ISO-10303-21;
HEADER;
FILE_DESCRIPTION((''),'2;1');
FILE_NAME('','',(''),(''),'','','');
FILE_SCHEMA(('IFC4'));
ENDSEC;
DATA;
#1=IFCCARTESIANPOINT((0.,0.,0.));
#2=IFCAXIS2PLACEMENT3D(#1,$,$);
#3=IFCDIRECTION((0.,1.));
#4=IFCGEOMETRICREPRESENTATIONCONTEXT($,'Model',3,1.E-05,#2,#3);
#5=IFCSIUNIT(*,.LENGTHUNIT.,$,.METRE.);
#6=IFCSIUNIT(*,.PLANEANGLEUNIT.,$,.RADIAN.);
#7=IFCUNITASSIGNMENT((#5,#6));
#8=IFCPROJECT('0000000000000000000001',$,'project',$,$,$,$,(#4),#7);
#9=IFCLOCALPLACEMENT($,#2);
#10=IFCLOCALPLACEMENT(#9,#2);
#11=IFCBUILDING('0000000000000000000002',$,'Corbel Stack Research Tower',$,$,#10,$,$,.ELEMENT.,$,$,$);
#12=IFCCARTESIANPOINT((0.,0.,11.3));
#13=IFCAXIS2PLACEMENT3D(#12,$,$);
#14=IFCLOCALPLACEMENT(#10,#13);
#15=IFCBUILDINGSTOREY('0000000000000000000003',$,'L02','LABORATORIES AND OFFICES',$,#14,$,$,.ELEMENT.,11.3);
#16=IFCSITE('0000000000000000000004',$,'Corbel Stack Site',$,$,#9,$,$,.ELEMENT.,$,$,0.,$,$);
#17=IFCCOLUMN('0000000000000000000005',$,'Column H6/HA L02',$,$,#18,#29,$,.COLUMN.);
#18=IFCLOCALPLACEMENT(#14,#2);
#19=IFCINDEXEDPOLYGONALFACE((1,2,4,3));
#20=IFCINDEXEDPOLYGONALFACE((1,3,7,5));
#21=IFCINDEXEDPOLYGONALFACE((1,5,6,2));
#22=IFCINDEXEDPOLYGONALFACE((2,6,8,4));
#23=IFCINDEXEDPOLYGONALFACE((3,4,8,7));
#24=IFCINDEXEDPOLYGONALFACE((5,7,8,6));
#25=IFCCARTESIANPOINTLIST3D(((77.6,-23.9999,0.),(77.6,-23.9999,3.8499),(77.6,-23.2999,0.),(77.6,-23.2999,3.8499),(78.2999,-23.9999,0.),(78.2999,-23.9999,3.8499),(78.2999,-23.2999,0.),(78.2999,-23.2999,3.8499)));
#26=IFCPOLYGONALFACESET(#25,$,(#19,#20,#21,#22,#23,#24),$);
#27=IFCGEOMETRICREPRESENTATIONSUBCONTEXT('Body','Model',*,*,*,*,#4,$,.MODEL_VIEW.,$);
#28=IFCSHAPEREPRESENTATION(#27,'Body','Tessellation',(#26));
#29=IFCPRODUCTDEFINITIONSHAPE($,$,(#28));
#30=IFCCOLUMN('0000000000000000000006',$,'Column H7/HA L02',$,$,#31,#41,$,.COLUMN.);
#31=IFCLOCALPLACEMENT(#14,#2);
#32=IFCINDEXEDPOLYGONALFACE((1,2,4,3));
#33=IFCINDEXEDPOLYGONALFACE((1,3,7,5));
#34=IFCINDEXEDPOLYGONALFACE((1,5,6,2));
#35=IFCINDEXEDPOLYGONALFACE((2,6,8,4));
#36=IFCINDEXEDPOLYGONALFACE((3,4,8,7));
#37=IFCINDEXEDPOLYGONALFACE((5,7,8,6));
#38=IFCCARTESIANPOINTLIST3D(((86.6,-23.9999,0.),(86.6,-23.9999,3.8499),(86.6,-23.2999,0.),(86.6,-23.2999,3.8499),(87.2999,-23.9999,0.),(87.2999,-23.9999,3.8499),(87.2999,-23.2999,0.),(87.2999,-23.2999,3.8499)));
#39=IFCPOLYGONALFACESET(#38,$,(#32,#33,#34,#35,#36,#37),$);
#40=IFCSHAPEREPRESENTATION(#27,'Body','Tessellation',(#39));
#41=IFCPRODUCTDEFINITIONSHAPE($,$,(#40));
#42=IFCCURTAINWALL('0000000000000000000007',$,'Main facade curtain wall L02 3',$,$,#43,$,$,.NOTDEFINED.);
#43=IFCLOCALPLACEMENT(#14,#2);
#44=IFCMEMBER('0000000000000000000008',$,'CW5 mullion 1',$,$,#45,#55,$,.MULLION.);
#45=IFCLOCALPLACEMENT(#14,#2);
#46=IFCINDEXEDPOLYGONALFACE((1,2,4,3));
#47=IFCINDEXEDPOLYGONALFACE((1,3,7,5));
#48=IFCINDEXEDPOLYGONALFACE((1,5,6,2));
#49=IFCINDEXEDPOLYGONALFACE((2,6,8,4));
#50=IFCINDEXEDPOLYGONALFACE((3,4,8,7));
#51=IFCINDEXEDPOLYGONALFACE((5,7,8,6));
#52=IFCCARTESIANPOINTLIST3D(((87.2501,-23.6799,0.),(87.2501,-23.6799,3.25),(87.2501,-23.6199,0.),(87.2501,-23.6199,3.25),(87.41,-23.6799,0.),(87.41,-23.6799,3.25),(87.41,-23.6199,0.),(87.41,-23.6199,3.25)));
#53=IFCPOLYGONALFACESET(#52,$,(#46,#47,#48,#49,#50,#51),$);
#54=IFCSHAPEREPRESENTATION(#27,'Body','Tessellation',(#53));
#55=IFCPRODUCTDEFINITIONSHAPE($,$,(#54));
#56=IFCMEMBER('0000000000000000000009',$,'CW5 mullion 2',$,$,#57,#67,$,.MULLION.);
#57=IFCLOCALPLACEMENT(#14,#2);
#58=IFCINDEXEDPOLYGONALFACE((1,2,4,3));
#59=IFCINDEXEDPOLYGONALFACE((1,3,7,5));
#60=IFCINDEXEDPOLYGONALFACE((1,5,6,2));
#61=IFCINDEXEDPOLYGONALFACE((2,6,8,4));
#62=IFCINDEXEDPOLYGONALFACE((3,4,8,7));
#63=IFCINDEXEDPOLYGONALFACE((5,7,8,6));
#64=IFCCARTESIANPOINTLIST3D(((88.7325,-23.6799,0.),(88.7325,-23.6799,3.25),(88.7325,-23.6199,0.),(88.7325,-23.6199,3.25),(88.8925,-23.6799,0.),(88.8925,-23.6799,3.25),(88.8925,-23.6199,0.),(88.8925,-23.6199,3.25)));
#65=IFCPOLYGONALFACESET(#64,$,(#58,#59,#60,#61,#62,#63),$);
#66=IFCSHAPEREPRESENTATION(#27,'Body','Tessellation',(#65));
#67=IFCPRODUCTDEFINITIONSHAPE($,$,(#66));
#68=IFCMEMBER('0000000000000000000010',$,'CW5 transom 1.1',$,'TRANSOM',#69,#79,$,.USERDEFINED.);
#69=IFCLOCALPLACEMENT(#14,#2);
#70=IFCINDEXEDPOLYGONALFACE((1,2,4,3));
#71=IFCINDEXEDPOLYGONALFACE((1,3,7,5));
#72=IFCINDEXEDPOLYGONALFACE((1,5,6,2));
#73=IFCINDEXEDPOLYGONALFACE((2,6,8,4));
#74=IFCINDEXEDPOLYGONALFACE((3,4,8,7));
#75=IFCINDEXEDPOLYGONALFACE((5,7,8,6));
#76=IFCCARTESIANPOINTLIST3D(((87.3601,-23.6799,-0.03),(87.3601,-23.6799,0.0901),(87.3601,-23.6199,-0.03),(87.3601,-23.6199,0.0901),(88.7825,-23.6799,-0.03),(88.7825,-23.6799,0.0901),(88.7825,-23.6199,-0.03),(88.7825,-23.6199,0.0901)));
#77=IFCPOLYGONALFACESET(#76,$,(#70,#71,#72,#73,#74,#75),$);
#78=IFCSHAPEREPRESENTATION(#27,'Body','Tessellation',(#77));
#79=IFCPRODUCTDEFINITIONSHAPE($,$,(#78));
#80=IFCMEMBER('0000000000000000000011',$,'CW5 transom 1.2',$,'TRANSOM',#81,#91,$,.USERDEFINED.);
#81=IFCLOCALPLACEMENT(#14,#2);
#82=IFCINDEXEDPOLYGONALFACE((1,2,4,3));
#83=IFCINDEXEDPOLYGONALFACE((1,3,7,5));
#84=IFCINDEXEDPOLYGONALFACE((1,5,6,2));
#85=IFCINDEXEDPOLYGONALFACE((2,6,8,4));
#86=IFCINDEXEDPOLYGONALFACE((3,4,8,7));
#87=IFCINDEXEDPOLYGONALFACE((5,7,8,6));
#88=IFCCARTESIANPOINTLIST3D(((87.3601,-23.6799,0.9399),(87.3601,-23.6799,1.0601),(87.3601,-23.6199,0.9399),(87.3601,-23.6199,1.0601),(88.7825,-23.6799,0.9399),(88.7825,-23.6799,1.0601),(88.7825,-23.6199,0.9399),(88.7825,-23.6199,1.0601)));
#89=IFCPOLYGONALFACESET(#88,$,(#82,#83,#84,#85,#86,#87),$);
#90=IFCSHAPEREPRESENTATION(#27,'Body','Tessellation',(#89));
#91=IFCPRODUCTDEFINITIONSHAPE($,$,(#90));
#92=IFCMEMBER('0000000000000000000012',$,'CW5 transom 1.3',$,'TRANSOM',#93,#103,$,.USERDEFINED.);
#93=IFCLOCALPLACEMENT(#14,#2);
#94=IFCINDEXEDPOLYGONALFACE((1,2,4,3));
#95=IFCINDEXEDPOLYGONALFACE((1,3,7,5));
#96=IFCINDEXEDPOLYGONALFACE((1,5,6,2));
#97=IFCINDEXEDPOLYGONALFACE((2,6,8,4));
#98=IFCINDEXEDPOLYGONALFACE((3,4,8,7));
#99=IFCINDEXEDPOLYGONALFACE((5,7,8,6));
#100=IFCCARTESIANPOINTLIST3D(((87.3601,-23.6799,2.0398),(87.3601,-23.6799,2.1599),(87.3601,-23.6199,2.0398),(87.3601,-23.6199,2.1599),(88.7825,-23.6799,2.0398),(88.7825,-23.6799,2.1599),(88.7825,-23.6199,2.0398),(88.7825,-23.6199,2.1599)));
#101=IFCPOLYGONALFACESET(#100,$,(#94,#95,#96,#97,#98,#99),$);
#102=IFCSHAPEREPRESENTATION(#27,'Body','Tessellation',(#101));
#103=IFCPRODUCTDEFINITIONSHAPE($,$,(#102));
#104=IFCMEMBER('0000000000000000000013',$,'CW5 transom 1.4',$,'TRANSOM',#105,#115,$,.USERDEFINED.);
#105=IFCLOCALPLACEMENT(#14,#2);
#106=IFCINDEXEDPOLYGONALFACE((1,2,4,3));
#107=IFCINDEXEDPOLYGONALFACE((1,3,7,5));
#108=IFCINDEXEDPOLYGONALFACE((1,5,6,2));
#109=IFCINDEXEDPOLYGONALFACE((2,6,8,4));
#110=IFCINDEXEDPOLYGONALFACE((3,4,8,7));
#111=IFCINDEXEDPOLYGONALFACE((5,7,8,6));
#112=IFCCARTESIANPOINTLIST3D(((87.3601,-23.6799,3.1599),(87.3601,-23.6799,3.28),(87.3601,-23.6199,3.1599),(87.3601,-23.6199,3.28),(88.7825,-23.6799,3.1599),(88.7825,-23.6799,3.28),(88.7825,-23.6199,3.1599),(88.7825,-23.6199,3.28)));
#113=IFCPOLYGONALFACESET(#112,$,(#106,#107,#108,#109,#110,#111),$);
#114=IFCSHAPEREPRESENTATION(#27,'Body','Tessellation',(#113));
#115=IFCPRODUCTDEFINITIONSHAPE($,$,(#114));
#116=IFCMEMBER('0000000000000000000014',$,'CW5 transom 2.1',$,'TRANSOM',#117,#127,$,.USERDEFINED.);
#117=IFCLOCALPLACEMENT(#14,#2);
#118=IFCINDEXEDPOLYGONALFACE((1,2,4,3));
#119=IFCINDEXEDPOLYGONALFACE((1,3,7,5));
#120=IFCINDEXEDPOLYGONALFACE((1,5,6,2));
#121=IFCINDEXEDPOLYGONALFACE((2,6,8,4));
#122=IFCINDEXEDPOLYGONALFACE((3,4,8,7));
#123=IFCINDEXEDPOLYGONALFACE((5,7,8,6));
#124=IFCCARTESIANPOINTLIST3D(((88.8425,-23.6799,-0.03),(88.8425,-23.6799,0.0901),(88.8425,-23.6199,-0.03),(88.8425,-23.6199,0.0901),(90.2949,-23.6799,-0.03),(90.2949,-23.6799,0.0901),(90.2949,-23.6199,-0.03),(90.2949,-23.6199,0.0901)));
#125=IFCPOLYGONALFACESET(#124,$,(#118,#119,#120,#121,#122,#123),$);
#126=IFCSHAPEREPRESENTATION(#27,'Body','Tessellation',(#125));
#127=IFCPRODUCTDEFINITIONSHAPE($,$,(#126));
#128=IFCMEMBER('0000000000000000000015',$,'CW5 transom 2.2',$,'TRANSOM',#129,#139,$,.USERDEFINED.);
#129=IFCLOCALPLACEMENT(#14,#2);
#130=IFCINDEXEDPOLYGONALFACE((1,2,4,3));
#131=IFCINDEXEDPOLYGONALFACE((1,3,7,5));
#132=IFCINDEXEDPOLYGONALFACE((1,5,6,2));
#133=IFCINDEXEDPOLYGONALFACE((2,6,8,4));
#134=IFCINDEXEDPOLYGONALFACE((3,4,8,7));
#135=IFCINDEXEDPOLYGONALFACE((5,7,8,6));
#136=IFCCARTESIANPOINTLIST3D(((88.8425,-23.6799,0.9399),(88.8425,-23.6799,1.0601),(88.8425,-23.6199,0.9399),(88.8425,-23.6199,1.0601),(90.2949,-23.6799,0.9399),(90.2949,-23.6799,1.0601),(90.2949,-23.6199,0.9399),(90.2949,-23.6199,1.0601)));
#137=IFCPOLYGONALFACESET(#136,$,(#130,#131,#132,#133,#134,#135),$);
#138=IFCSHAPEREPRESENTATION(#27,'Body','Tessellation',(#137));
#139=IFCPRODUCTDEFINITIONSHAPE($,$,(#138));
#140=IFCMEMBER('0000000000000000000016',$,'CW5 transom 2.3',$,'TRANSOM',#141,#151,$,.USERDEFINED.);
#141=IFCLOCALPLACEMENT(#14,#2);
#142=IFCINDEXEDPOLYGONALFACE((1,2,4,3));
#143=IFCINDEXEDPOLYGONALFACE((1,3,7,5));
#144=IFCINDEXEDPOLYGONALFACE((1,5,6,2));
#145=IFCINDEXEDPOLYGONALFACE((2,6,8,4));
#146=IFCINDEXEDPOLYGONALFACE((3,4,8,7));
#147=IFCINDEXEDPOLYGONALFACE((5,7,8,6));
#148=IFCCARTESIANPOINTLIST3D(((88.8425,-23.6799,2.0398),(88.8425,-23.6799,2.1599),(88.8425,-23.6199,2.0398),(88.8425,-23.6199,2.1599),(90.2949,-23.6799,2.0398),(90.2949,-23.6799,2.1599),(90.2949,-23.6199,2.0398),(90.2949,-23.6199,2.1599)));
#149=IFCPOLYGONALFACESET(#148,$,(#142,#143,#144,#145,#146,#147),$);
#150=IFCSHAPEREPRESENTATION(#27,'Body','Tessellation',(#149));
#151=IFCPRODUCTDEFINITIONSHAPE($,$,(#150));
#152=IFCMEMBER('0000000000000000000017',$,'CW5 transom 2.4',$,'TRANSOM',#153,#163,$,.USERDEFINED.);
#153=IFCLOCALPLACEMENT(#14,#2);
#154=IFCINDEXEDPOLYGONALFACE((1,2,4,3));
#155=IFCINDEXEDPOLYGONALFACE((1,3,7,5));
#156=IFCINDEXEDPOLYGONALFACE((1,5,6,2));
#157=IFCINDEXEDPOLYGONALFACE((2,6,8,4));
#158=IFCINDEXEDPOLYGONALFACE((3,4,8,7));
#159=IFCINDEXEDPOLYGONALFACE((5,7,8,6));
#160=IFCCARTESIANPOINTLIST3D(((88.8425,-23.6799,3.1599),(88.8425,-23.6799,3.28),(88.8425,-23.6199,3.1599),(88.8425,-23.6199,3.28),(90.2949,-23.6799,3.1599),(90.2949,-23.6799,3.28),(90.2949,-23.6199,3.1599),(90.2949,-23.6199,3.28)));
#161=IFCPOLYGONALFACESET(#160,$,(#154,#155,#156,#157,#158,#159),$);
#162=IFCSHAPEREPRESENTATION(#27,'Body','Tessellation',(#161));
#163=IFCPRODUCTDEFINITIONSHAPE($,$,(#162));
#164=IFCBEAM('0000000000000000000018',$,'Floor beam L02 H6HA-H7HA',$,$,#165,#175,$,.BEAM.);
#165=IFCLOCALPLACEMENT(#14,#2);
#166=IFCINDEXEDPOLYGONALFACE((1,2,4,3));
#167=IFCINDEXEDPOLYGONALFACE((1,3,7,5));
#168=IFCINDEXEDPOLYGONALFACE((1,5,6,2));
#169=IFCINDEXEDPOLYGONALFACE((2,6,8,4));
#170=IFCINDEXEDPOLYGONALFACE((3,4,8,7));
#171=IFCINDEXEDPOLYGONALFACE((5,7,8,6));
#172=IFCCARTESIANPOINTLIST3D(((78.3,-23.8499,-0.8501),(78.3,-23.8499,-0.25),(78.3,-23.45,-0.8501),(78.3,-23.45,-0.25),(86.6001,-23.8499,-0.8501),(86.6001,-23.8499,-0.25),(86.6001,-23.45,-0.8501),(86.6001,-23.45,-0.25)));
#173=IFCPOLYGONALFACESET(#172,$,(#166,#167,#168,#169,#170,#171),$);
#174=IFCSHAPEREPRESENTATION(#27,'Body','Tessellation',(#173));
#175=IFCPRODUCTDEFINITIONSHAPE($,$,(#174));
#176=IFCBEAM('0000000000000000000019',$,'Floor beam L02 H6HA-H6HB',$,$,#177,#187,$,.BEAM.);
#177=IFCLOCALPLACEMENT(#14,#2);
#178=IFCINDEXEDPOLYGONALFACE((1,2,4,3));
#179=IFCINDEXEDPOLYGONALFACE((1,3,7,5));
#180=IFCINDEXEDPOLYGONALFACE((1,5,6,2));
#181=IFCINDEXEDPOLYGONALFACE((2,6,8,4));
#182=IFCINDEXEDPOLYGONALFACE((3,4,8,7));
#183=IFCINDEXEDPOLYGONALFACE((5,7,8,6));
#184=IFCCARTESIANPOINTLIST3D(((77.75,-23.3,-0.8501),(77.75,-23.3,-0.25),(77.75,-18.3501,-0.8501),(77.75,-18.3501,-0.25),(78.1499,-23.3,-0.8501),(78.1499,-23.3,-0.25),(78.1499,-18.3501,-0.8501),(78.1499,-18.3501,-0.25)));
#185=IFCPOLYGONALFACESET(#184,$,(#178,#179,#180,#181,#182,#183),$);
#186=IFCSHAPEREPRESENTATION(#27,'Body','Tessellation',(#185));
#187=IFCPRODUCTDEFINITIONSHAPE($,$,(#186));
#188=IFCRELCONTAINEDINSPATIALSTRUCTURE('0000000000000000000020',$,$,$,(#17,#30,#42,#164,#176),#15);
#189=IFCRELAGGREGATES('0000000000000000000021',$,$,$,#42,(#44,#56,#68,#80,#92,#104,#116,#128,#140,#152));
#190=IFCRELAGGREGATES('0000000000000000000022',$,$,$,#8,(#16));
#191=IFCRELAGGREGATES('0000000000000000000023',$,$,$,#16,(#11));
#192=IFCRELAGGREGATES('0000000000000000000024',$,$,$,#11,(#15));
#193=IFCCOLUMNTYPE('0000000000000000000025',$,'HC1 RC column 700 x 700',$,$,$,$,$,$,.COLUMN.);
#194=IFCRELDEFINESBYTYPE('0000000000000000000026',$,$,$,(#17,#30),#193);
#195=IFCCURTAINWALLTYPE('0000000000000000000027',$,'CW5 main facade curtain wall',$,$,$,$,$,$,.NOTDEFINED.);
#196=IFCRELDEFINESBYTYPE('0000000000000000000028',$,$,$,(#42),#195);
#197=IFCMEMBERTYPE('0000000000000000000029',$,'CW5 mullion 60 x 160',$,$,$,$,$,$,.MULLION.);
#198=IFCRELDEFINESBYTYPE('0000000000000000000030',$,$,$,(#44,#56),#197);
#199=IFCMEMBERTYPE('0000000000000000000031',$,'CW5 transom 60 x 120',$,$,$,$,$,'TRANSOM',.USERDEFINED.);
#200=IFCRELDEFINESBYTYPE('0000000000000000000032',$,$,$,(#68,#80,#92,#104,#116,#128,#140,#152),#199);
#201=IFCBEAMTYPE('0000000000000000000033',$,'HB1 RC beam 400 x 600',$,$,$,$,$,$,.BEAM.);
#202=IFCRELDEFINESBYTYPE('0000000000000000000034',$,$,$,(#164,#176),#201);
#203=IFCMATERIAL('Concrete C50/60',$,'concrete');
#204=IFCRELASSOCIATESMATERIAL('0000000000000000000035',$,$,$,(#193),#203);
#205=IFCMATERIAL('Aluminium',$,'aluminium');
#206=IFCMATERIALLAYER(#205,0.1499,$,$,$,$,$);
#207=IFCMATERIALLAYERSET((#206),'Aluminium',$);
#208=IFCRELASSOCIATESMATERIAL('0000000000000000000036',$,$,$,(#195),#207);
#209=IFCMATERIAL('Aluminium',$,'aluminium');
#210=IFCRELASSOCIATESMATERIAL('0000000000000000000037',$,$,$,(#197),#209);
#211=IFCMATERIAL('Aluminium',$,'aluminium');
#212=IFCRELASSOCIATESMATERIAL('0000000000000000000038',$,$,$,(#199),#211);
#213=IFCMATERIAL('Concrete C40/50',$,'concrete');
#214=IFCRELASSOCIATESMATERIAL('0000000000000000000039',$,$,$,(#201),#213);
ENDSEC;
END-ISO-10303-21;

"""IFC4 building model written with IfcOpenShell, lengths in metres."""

from ifc_helpers import new_model, si_unit, direction, frame, origin, origin_2d, place, context, subcontext, project, spatial, rectangle, extrude, material, layer, layer_set, material_profile, profile_set, type_object, element, aggregate, save


model = new_model("IFC4")

# Units and contexts
model_context = context("Model", 3, precision=1e-05, world=origin(), true_north=direction((0.0, 1.0)))
body_context = subcontext(model_context, "Body", "Model", "MODEL_VIEW")
ifc_project = project(units=[si_unit("LENGTHUNIT", "METRE"), si_unit("PLANEANGLEUNIT", "RADIAN")], contexts=[model_context])

# Site, building, storey
site_placement = place(None, origin())
site = spatial("IfcSite", under=ifc_project, at=site_placement, Name="Corbel Stack Site", CompositionType="ELEMENT", RefElevation=0.0)
building_placement = place(site_placement, origin())
building = spatial("IfcBuilding", under=site, at=building_placement, Name="Corbel Stack Research Tower", CompositionType="ELEMENT")
storey_placement = place(building_placement, frame((0.0, 0.0, 11.3)))
storey = spatial("IfcBuildingStorey", under=building, at=storey_placement, Name="L02", Description="LABORATORIES AND OFFICES", CompositionType="ELEMENT", Elevation=11.3)

# Columns
ifc_material_1 = material(Name="Concrete C50/60", Category="concrete")
ifc_material_profile_1 = material_profile(ifc_material_1, rectangle(XDim=0.7, YDim=0.7, at=origin_2d()), Name="RC 700 x 700")
ifc_profile_set_1 = profile_set([ifc_material_profile_1], Name="Concrete C50/60")
column_type = type_object("IfcColumnType", Name="HC1 RC column 700 x 700", PredefinedType="COLUMN", material=ifc_profile_set_1)
for number, where, z_axis, x_axis, name in (
    (1, (77.95, -23.6499, 0.0), (0.0, 0.0, 1.0), (1.0, 0.0, 0.0), "Column H6/HA L02"),
    (2, (86.95, -23.6499, 0.0), (0.0, 0.0, 1.0), (1.0, 0.0, 0.0), "Column H7/HA L02"),
):
    element("IfcColumn", number, at=place(storey_placement, frame(where, z_axis=z_axis, x_axis=x_axis)), inside=storey, type_object=column_type, Name=name, PredefinedType="COLUMN", context=body_context, shape_type="SweptSolid", body=[
        extrude(rectangle(XDim=0.7, YDim=0.7, at=origin_2d()), origin(), (0.0, 0.0, 1.0), 3.8499),
    ])

# Curtain wall, members
ifc_material_2 = material(Name="Aluminium", Category="aluminium")
ifc_layer_1 = layer(ifc_material_2, 0.1499)
ifc_layer_set_1 = layer_set([ifc_layer_1], Name="Aluminium")
curtain_wall_type = type_object("IfcCurtainWallType", Name="CW5 main facade curtain wall", PredefinedType="NOTDEFINED", material=ifc_layer_set_1)
curtain_wall_placement = place(storey_placement, origin())
curtain_wall = element("IfcCurtainWall", 3, at=curtain_wall_placement, inside=storey, type_object=curtain_wall_type, Name="Main facade curtain wall L02 3", PredefinedType="NOTDEFINED")
ifc_material_3 = material(Name="Aluminium", Category="aluminium")
ifc_material_profile_2 = material_profile(ifc_material_3, rectangle(XDim=0.0601, YDim=0.1599, at=origin_2d()), Name="Mullion 60 x 160")
ifc_profile_set_2 = profile_set([ifc_material_profile_2], Name="Aluminium")
member_type_1 = type_object("IfcMemberType", Name="CW5 mullion 60 x 160", PredefinedType="MULLION", material=ifc_profile_set_2)
member_1_placement = place(storey_placement, frame((87.3301, -23.6499, 0.0), z_axis=(0.0, 0.0, 1.0), x_axis=(0.0, 1.0, 0.0)))
member_1 = element("IfcMember", 4, at=member_1_placement, type_object=member_type_1, Name="CW5 mullion 1", PredefinedType="MULLION", context=body_context, shape_type="SweptSolid", body=[
    extrude(rectangle(XDim=0.0601, YDim=0.1599, at=origin_2d()), origin(), (0.0, 0.0, 1.0), 3.25),
])
member_2_placement = place(storey_placement, frame((88.8125, -23.6499, 0.0), z_axis=(0.0, 0.0, 1.0), x_axis=(0.0, 1.0, 0.0)))
member_2 = element("IfcMember", 5, at=member_2_placement, type_object=member_type_1, Name="CW5 mullion 2", PredefinedType="MULLION", context=body_context, shape_type="SweptSolid", body=[
    extrude(rectangle(XDim=0.0601, YDim=0.1599, at=origin_2d()), origin(), (0.0, 0.0, 1.0), 3.25),
])
ifc_material_4 = material(Name="Aluminium", Category="aluminium")
ifc_material_profile_3 = material_profile(ifc_material_4, rectangle(XDim=0.0601, YDim=0.1201, at=origin_2d()), Name="Transom 60 x 120")
ifc_profile_set_3 = profile_set([ifc_material_profile_3], Name="Aluminium")
member_type_2 = type_object("IfcMemberType", Name="CW5 transom 60 x 120", ElementType="TRANSOM", PredefinedType="USERDEFINED", material=ifc_profile_set_3)
member_3_placement = place(storey_placement, frame((87.3601, -23.6499, 0.03), z_axis=(1.0, 0.0, 0.0), x_axis=(0.0, 1.0, 0.0)))
member_3 = element("IfcMember", 6, at=member_3_placement, type_object=member_type_2, Name="CW5 transom 1.1", ObjectType="TRANSOM", PredefinedType="USERDEFINED", context=body_context, shape_type="SweptSolid", body=[
    extrude(rectangle(XDim=0.0601, YDim=0.1201, at=origin_2d()), origin(), (0.0, 0.0, 1.0), 1.4224),
])
member_4_placement = place(storey_placement, frame((87.3601, -23.6499, 1.0), z_axis=(1.0, 0.0, 0.0), x_axis=(0.0, 1.0, 0.0)))
member_4 = element("IfcMember", 7, at=member_4_placement, type_object=member_type_2, Name="CW5 transom 1.2", ObjectType="TRANSOM", PredefinedType="USERDEFINED", context=body_context, shape_type="SweptSolid", body=[
    extrude(rectangle(XDim=0.0601, YDim=0.1201, at=origin_2d()), origin(), (0.0, 0.0, 1.0), 1.4224),
])
member_5_placement = place(storey_placement, frame((87.3601, -23.6499, 2.0999), z_axis=(1.0, 0.0, 0.0), x_axis=(0.0, 1.0, 0.0)))
member_5 = element("IfcMember", 8, at=member_5_placement, type_object=member_type_2, Name="CW5 transom 1.3", ObjectType="TRANSOM", PredefinedType="USERDEFINED", context=body_context, shape_type="SweptSolid", body=[
    extrude(rectangle(XDim=0.0601, YDim=0.1201, at=origin_2d()), origin(), (0.0, 0.0, 1.0), 1.4224),
])
member_6_placement = place(storey_placement, frame((87.3601, -23.6499, 3.22), z_axis=(1.0, 0.0, 0.0), x_axis=(0.0, 1.0, 0.0)))
member_6 = element("IfcMember", 9, at=member_6_placement, type_object=member_type_2, Name="CW5 transom 1.4", ObjectType="TRANSOM", PredefinedType="USERDEFINED", context=body_context, shape_type="SweptSolid", body=[
    extrude(rectangle(XDim=0.0601, YDim=0.1201, at=origin_2d()), origin(), (0.0, 0.0, 1.0), 1.4224),
])
member_7_placement = place(storey_placement, frame((88.8425, -23.6499, 0.03), z_axis=(1.0, 0.0, 0.0), x_axis=(0.0, 1.0, 0.0)))
member_7 = element("IfcMember", 10, at=member_7_placement, type_object=member_type_2, Name="CW5 transom 2.1", ObjectType="TRANSOM", PredefinedType="USERDEFINED", context=body_context, shape_type="SweptSolid", body=[
    extrude(rectangle(XDim=0.0601, YDim=0.1201, at=origin_2d()), origin(), (0.0, 0.0, 1.0), 1.4524),
])
member_8_placement = place(storey_placement, frame((88.8425, -23.6499, 1.0), z_axis=(1.0, 0.0, 0.0), x_axis=(0.0, 1.0, 0.0)))
member_8 = element("IfcMember", 11, at=member_8_placement, type_object=member_type_2, Name="CW5 transom 2.2", ObjectType="TRANSOM", PredefinedType="USERDEFINED", context=body_context, shape_type="SweptSolid", body=[
    extrude(rectangle(XDim=0.0601, YDim=0.1201, at=origin_2d()), origin(), (0.0, 0.0, 1.0), 1.4524),
])
member_9_placement = place(storey_placement, frame((88.8425, -23.6499, 2.0999), z_axis=(1.0, 0.0, 0.0), x_axis=(0.0, 1.0, 0.0)))
member_9 = element("IfcMember", 12, at=member_9_placement, type_object=member_type_2, Name="CW5 transom 2.3", ObjectType="TRANSOM", PredefinedType="USERDEFINED", context=body_context, shape_type="SweptSolid", body=[
    extrude(rectangle(XDim=0.0601, YDim=0.1201, at=origin_2d()), origin(), (0.0, 0.0, 1.0), 1.4524),
])
member_10_placement = place(storey_placement, frame((88.8425, -23.6499, 3.22), z_axis=(1.0, 0.0, 0.0), x_axis=(0.0, 1.0, 0.0)))
member_10 = element("IfcMember", 13, at=member_10_placement, type_object=member_type_2, Name="CW5 transom 2.4", ObjectType="TRANSOM", PredefinedType="USERDEFINED", context=body_context, shape_type="SweptSolid", body=[
    extrude(rectangle(XDim=0.0601, YDim=0.1201, at=origin_2d()), origin(), (0.0, 0.0, 1.0), 1.4524),
])

# Beams
ifc_material_5 = material(Name="Concrete C40/50", Category="concrete")
ifc_material_profile_4 = material_profile(ifc_material_5, rectangle(XDim=0.3999, YDim=0.6001, at=origin_2d()), Name="RC 400 x 600")
ifc_profile_set_4 = profile_set([ifc_material_profile_4], Name="Concrete C40/50")
beam_type = type_object("IfcBeamType", Name="HB1 RC beam 400 x 600", PredefinedType="BEAM", material=ifc_profile_set_4)
beam_1_placement = place(storey_placement, frame((78.3, -23.6499, -0.55), z_axis=(1.0, 0.0, 0.0), x_axis=(0.0, 1.0, 0.0)))
element("IfcBeam", 14, at=beam_1_placement, inside=storey, type_object=beam_type, Name="Floor beam L02 H6HA-H7HA", PredefinedType="BEAM", context=body_context, shape_type="SweptSolid", body=[
    extrude(rectangle(XDim=0.3999, YDim=0.6001, at=origin_2d()), origin(), (0.0, 0.0, 1.0), 8.3),
])
beam_2_placement = place(storey_placement, frame((77.95, -23.3, -0.55), z_axis=(0.0, 1.0, 0.0), x_axis=(-1.0, 0.0, 0.0)))
element("IfcBeam", 15, at=beam_2_placement, inside=storey, type_object=beam_type, Name="Floor beam L02 H6HA-H6HB", PredefinedType="BEAM", context=body_context, shape_type="SweptSolid", body=[
    extrude(rectangle(XDim=0.3999, YDim=0.6001, at=origin_2d()), origin(), (0.0, 0.0, 1.0), 4.95),
])

aggregate(curtain_wall, [member_1, member_2, member_3, member_4, member_5, member_6, member_7, member_8, member_9, member_10])

save(model, "model.ifc")
